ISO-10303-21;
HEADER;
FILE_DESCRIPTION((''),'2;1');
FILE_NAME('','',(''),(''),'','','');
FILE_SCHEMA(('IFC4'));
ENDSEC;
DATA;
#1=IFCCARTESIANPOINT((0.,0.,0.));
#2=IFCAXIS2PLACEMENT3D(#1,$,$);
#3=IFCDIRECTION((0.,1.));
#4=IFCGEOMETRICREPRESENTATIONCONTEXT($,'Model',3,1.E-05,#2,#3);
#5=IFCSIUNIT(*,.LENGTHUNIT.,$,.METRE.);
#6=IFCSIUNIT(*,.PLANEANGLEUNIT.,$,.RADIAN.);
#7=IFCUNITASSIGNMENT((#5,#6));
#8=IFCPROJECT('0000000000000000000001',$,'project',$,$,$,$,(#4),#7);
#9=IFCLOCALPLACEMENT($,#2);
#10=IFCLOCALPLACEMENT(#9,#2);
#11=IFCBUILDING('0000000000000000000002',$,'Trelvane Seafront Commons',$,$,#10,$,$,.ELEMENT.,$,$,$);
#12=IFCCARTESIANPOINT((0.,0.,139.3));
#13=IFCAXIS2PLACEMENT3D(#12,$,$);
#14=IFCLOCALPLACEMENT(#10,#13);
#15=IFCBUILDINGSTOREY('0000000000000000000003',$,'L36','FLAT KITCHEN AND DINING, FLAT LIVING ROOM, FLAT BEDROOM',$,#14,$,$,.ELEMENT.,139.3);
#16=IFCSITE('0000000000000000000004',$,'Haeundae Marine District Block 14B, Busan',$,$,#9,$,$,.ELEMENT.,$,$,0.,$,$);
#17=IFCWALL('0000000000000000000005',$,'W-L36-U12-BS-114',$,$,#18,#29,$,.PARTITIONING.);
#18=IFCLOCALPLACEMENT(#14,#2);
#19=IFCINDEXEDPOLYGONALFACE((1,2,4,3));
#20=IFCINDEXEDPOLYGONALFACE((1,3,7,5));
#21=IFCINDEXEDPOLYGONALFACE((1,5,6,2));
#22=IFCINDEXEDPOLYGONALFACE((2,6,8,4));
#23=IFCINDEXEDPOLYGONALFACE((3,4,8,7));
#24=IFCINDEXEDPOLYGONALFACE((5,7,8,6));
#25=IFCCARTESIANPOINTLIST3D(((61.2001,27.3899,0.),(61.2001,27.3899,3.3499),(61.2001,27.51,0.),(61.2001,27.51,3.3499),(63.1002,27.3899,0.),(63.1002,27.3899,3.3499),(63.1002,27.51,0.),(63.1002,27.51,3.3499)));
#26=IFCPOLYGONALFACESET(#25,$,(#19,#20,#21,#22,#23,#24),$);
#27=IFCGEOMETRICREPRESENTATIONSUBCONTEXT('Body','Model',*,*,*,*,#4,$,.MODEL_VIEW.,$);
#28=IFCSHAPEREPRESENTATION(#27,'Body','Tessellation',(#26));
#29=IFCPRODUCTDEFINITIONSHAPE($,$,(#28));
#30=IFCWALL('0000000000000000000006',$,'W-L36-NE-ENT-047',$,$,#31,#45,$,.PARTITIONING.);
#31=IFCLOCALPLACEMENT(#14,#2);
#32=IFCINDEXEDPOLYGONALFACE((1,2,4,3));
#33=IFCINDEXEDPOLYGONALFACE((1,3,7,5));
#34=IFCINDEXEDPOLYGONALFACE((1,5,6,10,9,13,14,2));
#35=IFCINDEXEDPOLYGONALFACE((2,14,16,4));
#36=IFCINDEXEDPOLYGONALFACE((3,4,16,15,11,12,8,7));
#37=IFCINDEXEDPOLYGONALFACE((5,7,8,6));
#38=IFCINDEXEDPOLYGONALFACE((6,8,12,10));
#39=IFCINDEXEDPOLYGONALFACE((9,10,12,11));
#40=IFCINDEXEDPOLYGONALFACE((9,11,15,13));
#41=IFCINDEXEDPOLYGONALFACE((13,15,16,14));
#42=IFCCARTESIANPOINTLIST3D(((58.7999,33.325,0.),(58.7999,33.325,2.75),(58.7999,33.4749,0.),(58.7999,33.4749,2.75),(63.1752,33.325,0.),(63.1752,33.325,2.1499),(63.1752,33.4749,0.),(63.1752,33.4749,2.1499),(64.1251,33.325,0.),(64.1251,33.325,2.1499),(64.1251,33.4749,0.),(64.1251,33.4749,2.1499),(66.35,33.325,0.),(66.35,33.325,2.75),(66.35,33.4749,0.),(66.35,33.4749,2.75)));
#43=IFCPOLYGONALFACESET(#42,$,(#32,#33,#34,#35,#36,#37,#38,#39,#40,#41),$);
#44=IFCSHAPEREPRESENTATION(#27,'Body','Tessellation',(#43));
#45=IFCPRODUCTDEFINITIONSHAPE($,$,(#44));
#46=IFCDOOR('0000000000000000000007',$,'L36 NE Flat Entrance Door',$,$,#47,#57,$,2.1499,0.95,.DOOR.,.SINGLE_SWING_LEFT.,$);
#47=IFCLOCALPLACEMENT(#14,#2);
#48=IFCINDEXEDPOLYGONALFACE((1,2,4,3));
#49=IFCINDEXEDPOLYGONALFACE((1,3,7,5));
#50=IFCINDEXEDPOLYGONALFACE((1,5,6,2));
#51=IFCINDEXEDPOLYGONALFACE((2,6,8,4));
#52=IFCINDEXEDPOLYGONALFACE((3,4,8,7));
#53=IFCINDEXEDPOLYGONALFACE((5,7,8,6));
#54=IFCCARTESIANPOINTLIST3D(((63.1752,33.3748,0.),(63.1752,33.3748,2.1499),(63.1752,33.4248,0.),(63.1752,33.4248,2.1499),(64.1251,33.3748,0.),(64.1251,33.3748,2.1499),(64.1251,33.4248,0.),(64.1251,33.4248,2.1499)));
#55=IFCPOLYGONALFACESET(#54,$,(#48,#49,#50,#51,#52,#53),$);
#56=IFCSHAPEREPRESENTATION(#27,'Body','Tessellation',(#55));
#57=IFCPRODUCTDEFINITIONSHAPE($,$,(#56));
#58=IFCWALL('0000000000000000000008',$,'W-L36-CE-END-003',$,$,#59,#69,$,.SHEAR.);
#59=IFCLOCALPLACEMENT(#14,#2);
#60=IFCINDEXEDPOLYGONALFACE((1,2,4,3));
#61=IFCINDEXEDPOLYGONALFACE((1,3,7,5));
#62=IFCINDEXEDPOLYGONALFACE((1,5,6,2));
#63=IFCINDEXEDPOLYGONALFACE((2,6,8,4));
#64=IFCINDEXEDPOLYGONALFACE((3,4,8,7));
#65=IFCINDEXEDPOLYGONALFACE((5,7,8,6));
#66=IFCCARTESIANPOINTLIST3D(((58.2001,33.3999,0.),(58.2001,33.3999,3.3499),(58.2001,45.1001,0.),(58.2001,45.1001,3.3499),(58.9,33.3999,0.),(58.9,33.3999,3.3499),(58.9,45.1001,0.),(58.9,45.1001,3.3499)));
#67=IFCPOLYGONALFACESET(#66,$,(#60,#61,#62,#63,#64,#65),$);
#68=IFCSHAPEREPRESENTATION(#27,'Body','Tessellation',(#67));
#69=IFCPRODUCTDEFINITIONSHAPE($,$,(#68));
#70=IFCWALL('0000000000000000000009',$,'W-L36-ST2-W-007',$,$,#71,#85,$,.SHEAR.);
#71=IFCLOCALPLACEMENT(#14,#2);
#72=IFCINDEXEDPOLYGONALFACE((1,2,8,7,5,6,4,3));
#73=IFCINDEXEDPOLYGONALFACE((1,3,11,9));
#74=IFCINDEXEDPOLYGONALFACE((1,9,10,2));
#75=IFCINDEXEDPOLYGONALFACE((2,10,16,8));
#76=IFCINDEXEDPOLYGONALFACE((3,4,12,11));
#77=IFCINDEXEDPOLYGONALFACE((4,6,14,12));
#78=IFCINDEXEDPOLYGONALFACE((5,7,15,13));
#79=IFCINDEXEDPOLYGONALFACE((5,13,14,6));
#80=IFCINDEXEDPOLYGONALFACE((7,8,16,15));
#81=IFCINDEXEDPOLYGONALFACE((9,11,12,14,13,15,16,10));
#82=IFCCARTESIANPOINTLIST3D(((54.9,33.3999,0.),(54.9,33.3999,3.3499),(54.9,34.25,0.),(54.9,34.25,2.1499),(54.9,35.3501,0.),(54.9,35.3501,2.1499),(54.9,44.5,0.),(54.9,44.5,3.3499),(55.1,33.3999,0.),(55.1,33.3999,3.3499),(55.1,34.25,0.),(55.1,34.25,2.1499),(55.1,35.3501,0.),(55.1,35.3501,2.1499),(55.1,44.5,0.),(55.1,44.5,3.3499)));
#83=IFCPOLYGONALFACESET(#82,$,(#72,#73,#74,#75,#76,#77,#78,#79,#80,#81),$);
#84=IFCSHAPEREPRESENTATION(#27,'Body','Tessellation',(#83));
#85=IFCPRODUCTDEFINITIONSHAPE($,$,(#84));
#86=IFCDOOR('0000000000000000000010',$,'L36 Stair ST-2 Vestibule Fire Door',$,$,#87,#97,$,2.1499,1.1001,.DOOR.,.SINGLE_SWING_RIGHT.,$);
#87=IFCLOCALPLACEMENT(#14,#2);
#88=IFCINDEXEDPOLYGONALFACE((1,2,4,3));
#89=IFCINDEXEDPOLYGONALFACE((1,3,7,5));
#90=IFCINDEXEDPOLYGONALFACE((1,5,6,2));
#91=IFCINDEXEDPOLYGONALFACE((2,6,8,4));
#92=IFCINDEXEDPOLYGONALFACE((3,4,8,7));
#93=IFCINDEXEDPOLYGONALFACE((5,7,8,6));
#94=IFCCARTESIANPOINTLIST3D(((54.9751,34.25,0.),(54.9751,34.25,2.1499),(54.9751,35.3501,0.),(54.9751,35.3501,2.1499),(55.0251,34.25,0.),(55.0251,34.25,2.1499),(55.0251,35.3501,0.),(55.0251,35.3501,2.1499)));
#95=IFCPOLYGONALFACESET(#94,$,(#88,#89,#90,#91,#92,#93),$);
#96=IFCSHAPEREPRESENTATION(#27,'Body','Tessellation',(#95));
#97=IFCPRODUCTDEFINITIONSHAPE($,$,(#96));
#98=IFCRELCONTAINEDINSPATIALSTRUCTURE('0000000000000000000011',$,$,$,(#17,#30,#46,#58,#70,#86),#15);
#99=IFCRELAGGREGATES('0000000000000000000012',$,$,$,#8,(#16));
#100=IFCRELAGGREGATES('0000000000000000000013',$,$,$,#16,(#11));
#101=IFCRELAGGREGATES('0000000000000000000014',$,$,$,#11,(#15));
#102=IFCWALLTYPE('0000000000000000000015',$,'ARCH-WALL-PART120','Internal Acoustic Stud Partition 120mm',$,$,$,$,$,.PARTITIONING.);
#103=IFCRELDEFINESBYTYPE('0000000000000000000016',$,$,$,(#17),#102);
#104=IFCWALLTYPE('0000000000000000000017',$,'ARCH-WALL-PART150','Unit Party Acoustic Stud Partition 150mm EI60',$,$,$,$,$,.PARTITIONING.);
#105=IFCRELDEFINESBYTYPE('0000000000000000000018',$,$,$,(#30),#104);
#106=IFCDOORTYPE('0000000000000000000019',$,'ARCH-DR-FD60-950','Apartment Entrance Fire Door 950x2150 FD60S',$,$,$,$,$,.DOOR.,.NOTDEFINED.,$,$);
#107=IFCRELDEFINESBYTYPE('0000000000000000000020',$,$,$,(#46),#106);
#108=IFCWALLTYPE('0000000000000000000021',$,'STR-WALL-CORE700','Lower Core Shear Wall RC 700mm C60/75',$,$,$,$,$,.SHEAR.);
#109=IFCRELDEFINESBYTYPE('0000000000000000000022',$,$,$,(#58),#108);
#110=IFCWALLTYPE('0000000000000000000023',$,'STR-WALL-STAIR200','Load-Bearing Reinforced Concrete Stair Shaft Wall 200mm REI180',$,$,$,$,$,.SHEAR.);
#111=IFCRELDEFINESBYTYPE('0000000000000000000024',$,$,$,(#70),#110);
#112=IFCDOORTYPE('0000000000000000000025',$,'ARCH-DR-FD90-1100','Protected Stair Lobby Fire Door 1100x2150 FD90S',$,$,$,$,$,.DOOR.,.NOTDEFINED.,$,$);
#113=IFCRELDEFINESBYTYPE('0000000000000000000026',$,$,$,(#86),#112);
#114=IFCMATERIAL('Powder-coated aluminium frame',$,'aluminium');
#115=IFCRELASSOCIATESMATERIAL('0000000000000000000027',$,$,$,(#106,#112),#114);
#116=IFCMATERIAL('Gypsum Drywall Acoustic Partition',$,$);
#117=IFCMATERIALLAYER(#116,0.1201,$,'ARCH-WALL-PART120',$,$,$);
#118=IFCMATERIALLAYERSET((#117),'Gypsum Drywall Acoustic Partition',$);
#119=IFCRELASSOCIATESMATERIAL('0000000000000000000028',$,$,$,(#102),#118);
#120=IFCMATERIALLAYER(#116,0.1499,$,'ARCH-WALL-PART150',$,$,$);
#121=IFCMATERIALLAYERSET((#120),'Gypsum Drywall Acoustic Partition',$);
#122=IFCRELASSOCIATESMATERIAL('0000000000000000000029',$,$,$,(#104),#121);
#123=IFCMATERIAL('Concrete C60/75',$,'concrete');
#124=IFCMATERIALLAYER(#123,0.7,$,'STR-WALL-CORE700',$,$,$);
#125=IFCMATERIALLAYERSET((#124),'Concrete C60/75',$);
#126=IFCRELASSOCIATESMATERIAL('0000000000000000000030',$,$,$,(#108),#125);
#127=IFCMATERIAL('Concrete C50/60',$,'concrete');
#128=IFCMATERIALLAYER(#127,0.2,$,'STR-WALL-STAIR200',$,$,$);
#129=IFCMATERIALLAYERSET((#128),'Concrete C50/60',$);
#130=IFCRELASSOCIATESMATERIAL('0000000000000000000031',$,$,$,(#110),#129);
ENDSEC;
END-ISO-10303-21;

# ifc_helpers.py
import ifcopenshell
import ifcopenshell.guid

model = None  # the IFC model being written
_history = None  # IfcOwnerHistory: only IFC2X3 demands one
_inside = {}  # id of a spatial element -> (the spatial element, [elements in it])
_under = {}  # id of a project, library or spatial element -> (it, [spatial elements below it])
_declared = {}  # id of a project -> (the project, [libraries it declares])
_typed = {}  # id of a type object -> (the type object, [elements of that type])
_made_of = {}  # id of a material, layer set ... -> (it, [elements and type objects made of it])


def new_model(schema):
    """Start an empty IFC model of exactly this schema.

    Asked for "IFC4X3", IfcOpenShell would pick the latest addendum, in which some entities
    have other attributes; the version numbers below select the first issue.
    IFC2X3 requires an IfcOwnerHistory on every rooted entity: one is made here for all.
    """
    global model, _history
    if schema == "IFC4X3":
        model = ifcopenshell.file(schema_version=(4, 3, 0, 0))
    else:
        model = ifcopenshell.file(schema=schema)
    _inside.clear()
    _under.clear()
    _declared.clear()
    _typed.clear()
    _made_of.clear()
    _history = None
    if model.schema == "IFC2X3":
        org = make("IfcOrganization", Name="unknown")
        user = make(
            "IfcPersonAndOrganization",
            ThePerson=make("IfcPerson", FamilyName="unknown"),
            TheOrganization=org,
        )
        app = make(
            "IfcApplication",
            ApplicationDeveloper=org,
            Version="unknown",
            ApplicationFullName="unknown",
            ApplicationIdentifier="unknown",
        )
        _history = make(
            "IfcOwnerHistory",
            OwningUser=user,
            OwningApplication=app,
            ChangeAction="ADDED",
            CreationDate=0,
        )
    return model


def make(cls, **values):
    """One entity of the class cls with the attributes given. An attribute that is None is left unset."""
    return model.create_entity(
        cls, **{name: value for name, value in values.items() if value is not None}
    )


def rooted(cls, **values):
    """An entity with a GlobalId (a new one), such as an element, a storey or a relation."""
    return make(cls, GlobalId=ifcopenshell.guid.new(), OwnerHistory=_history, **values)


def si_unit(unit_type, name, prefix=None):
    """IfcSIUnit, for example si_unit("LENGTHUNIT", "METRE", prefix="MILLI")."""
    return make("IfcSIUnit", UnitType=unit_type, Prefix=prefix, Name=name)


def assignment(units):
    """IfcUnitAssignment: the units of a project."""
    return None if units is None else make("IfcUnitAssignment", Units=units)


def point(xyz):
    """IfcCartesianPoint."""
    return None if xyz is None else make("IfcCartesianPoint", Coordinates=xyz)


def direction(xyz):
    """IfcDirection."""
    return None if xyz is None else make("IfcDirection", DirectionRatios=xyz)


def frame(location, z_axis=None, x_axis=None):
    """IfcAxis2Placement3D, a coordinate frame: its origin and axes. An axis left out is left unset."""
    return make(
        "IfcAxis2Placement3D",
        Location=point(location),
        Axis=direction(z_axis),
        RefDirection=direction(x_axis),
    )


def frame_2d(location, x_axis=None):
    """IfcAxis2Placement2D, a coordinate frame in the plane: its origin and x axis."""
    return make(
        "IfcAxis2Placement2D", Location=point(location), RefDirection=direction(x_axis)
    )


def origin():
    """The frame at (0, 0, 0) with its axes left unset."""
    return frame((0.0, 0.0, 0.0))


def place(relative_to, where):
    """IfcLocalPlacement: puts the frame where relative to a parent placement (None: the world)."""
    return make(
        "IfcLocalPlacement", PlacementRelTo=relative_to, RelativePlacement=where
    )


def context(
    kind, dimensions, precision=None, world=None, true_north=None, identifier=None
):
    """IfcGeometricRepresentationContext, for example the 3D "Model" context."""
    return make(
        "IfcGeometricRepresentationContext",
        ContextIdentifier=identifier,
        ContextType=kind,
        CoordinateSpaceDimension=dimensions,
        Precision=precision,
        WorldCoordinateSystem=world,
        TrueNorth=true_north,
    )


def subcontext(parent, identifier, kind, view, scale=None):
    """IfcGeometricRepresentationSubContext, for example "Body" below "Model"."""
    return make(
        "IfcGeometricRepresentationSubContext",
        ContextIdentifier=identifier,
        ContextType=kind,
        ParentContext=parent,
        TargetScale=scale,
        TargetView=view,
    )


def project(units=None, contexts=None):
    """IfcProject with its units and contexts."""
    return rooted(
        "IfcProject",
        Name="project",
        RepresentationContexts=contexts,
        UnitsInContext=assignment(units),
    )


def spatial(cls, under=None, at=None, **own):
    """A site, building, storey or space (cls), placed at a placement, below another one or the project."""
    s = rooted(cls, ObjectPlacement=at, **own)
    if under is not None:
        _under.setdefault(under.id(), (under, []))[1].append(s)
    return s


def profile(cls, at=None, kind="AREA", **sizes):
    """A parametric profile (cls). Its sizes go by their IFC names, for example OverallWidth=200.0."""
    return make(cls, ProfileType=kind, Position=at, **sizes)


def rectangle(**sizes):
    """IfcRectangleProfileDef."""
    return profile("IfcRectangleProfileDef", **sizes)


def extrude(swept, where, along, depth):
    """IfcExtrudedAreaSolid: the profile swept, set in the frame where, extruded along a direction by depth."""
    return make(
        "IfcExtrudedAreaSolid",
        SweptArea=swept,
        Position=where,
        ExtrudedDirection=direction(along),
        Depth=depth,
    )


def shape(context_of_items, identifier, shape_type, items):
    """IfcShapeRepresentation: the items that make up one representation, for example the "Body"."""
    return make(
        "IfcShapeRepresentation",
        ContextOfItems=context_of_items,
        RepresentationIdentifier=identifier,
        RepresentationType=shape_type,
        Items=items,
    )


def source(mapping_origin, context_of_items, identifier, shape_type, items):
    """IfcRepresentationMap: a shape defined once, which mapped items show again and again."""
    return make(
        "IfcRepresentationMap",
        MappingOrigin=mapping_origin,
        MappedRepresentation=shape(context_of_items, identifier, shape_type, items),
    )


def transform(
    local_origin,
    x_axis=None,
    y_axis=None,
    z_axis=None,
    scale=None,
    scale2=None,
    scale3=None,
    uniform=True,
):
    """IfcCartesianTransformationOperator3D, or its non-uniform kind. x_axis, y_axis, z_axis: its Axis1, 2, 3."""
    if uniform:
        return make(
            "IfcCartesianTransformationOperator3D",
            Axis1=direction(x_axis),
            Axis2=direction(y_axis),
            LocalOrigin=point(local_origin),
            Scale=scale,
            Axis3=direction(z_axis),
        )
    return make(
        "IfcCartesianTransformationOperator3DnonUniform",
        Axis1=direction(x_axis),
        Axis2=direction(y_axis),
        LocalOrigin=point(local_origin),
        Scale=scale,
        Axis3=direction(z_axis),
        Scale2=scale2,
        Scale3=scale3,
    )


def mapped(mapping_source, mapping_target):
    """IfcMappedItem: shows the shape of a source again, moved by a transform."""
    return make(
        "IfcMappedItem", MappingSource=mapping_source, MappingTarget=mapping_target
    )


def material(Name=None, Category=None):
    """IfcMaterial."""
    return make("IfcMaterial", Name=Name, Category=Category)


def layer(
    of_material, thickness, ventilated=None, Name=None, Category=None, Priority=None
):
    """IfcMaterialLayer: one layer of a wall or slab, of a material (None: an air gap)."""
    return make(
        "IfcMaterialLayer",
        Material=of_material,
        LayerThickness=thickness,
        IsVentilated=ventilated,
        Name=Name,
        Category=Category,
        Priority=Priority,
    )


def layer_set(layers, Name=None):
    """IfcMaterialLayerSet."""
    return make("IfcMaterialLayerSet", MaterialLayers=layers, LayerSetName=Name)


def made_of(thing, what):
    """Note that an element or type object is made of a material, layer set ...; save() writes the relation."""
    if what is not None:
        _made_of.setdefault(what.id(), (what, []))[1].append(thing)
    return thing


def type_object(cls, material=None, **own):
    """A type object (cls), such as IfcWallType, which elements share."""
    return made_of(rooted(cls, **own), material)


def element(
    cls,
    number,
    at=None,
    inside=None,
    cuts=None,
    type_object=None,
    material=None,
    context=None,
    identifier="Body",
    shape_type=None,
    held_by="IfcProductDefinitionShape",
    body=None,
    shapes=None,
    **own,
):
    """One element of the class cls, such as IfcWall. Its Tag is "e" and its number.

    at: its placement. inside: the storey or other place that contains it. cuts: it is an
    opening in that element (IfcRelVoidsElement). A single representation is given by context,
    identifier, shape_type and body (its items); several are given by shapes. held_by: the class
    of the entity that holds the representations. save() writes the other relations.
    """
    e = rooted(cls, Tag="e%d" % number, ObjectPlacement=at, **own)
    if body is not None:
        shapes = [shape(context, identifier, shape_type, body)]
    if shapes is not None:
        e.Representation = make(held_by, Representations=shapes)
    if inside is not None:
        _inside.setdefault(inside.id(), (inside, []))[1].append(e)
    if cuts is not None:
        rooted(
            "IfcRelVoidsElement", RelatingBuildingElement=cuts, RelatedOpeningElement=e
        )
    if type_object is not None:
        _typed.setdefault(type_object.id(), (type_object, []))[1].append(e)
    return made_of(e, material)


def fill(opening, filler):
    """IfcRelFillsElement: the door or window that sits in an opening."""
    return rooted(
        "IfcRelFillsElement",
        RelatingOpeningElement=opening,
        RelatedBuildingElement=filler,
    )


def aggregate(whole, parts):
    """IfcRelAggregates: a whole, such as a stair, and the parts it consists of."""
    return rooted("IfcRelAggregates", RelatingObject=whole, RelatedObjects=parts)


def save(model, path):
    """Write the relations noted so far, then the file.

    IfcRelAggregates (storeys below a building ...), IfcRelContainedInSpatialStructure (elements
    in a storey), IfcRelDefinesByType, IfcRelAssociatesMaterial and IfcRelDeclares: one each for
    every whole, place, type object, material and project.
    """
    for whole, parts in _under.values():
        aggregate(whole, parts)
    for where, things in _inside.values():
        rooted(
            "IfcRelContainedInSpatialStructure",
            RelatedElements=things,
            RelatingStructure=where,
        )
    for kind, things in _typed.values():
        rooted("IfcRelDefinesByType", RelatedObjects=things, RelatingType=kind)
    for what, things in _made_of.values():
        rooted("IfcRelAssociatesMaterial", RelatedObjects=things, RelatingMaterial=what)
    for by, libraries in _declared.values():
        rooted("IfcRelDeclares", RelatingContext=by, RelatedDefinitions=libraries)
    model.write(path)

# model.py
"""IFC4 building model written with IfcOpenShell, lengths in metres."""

from ifc_helpers import new_model, si_unit, direction, frame, frame_2d, origin, place, context, subcontext, project, spatial, rectangle, extrude, source, transform, mapped, material, layer, layer_set, type_object, element, fill, save


model = new_model("IFC4")

# Units and contexts
model_context = context("Model", 3, precision=1e-05, world=origin(), true_north=direction((0.0, 1.0)))
body_context = subcontext(model_context, "Body", "Model", "MODEL_VIEW")
ifc_project = project(units=[si_unit("LENGTHUNIT", "METRE"), si_unit("PLANEANGLEUNIT", "RADIAN")], contexts=[model_context])

# Site, building, storey
site_placement = place(None, origin())
site = spatial("IfcSite", under=ifc_project, at=site_placement, Name="Haeundae Marine District Block 14B, Busan", CompositionType="ELEMENT", RefElevation=0.0)
building_placement = place(site_placement, origin())
building = spatial("IfcBuilding", under=site, at=building_placement, Name="Trelvane Seafront Commons", CompositionType="ELEMENT")
storey_placement = place(building_placement, frame((0.0, 0.0, 139.3)))
storey = spatial("IfcBuildingStorey", under=building, at=storey_placement, Name="L36", Description="FLAT KITCHEN AND DINING, FLAT LIVING ROOM, FLAT BEDROOM", CompositionType="ELEMENT", Elevation=139.3)

# Shared definitions
ifc_material_1 = material(Name="Concrete C50/60", Category="concrete")

# Shared definitions
ifc_material_2 = material(Name="Powder-coated aluminium frame", Category="aluminium")
door_type_1 = type_object("IfcDoorType", Name="ARCH-DR-FD60-950", Description="Apartment Entrance Fire Door 950x2150 FD60S", OperationType="NOTDEFINED", PredefinedType="DOOR", material=ifc_material_2)
shared_shape_1 = source(origin(), body_context, "Body", "SweptSolid", [
    extrude(rectangle(XDim=0.95, YDim=2.1499, at=frame_2d((0.4751, 1.075))), frame((0.0, 0.0249, 0.0), z_axis=(0.0, -1.0, 0.0), x_axis=(1.0, 0.0, 0.0)), (0.0, 0.0, 1.0), 0.05),
])
ifc_material_3 = material(Name="Gypsum Drywall Acoustic Partition")
ifc_layer_1 = layer(ifc_material_3, 0.1201, Name="ARCH-WALL-PART120")
ifc_layer_set_1 = layer_set([ifc_layer_1], Name="Gypsum Drywall Acoustic Partition")
wall_type_1 = type_object("IfcWallType", Name="ARCH-WALL-PART120", Description="Internal Acoustic Stud Partition 120mm", PredefinedType="PARTITIONING", material=ifc_layer_set_1)

# Wall
wall_1_placement = place(storey_placement, frame((61.2, 27.45, 0.0), z_axis=(0.0, 0.0, 1.0), x_axis=(1.0, 0.0, 0.0)))
element("IfcWall", 1, at=wall_1_placement, inside=storey, type_object=wall_type_1, Name="W-L36-U12-BS-114", PredefinedType="PARTITIONING", context=body_context, shape_type="SweptSolid", body=[
    extrude(rectangle(XDim=1.9001, YDim=0.1201, at=frame_2d((0.9502, 0.0))), origin(), (0.0, 0.0, 1.0), 3.3499),
])

# Wall, opening, door
ifc_layer_2 = layer(ifc_material_3, 0.1499, Name="ARCH-WALL-PART150")
ifc_layer_set_2 = layer_set([ifc_layer_2], Name="Gypsum Drywall Acoustic Partition")
wall_type_2 = type_object("IfcWallType", Name="ARCH-WALL-PART150", Description="Unit Party Acoustic Stud Partition 150mm EI60", PredefinedType="PARTITIONING", material=ifc_layer_set_2)
wall_2_placement = place(storey_placement, frame((58.8, 33.3999, 0.0), z_axis=(0.0, 0.0, 1.0), x_axis=(1.0, 0.0, 0.0)))
wall_2 = element("IfcWall", 2, at=wall_2_placement, inside=storey, type_object=wall_type_2, Name="W-L36-NE-ENT-047", PredefinedType="PARTITIONING", context=body_context, shape_type="SweptSolid", body=[
    extrude(rectangle(XDim=7.55, YDim=0.1499, at=frame_2d((3.7749, 0.0))), origin(), (0.0, 0.0, 1.0), 2.75),
])
opening_1_placement = place(wall_2_placement, frame((4.375, 0.0, 0.0)))
opening_1 = element("IfcOpeningElement", 3, at=opening_1_placement, cuts=wall_2, PredefinedType="OPENING", context=body_context, shape_type="SweptSolid", body=[
    extrude(rectangle(XDim=0.95, YDim=2.1499, at=frame_2d((0.4751, 1.075))), frame((0.0, 0.085, 0.0), z_axis=(0.0, -1.0, 0.0), x_axis=(1.0, 0.0, 0.0)), (0.0, 0.0, 1.0), 0.1699),
])
door_1_placement = place(opening_1_placement, origin())
door_1 = element("IfcDoor", 4, at=door_1_placement, inside=storey, type_object=door_type_1, Name="L36 NE Flat Entrance Door", OperationType="SINGLE_SWING_LEFT", OverallHeight=2.1499, OverallWidth=0.95, PredefinedType="DOOR", context=body_context, shape_type="MappedRepresentation", body=[
    mapped(shared_shape_1, transform((0.0, 0.0, 0.0), x_axis=(1.0, 0.0, 0.0), y_axis=(0.0, 1.0, 0.0), z_axis=(0.0, 0.0, 1.0), scale=1.0)),
])
fill(opening_1, door_1)

# Wall
ifc_material_4 = material(Name="Concrete C60/75", Category="concrete")
ifc_layer_3 = layer(ifc_material_4, 0.7, Name="STR-WALL-CORE700")
ifc_layer_set_3 = layer_set([ifc_layer_3], Name="Concrete C60/75")
wall_type_3 = type_object("IfcWallType", Name="STR-WALL-CORE700", Description="Lower Core Shear Wall RC 700mm C60/75", PredefinedType="SHEAR", material=ifc_layer_set_3)
wall_3_placement = place(storey_placement, frame((58.55, 33.3999, 0.0), z_axis=(0.0, 0.0, 1.0), x_axis=(0.0, 1.0, 0.0)))
element("IfcWall", 5, at=wall_3_placement, inside=storey, type_object=wall_type_3, Name="W-L36-CE-END-003", PredefinedType="SHEAR", context=body_context, shape_type="SweptSolid", body=[
    extrude(rectangle(XDim=11.7002, YDim=0.7, at=frame_2d((5.8501, 0.0))), origin(), (0.0, 0.0, 1.0), 3.3499),
])

# Wall, opening, door
ifc_layer_4 = layer(ifc_material_1, 0.2, Name="STR-WALL-STAIR200")
ifc_layer_set_4 = layer_set([ifc_layer_4], Name="Concrete C50/60")
wall_type_4 = type_object("IfcWallType", Name="STR-WALL-STAIR200", Description="Load-Bearing Reinforced Concrete Stair Shaft Wall 200mm REI180", PredefinedType="SHEAR", material=ifc_layer_set_4)
wall_4_placement = place(storey_placement, frame((55.0, 33.3999, 0.0), z_axis=(0.0, 0.0, 1.0), x_axis=(0.0, 1.0, 0.0)))
wall_4 = element("IfcWall", 6, at=wall_4_placement, inside=storey, type_object=wall_type_4, Name="W-L36-ST2-W-007", PredefinedType="SHEAR", context=body_context, shape_type="SweptSolid", body=[
    extrude(rectangle(XDim=11.1001, YDim=0.2, at=frame_2d((5.55, 0.0))), origin(), (0.0, 0.0, 1.0), 3.3499),
])
opening_2_placement = place(wall_4_placement, frame((0.8501, 0.0, 0.0)))
opening_2 = element("IfcOpeningElement", 7, at=opening_2_placement, cuts=wall_4, PredefinedType="OPENING", context=body_context, shape_type="SweptSolid", body=[
    extrude(rectangle(XDim=1.1001, YDim=2.1499, at=frame_2d((0.55, 1.075))), frame((0.0, 0.1099, 0.0), z_axis=(0.0, -1.0, 0.0), x_axis=(1.0, 0.0, 0.0)), (0.0, 0.0, 1.0), 0.22),
])
door_type_2 = type_object("IfcDoorType", Name="ARCH-DR-FD90-1100", Description="Protected Stair Lobby Fire Door 1100x2150 FD90S", OperationType="NOTDEFINED", PredefinedType="DOOR", material=ifc_material_2)
shared_shape_2 = source(origin(), body_context, "Body", "SweptSolid", [
    extrude(rectangle(XDim=1.1001, YDim=2.1499, at=frame_2d((0.55, 1.075))), frame((0.0, 0.0249, 0.0), z_axis=(0.0, -1.0, 0.0), x_axis=(1.0, 0.0, 0.0)), (0.0, 0.0, 1.0), 0.05),
])
door_2_placement = place(opening_2_placement, origin())
door_2 = element("IfcDoor", 8, at=door_2_placement, inside=storey, type_object=door_type_2, Name="L36 Stair ST-2 Vestibule Fire Door", OperationType="SINGLE_SWING_RIGHT", OverallHeight=2.1499, OverallWidth=1.1001, PredefinedType="DOOR", context=body_context, shape_type="MappedRepresentation", body=[
    mapped(shared_shape_2, transform((0.0, 0.0, 0.0), x_axis=(1.0, 0.0, 0.0), y_axis=(0.0, 1.0, 0.0), z_axis=(0.0, 0.0, 1.0), scale=1.0)),
])
fill(opening_2, door_2)

save(model, "model.ifc")
